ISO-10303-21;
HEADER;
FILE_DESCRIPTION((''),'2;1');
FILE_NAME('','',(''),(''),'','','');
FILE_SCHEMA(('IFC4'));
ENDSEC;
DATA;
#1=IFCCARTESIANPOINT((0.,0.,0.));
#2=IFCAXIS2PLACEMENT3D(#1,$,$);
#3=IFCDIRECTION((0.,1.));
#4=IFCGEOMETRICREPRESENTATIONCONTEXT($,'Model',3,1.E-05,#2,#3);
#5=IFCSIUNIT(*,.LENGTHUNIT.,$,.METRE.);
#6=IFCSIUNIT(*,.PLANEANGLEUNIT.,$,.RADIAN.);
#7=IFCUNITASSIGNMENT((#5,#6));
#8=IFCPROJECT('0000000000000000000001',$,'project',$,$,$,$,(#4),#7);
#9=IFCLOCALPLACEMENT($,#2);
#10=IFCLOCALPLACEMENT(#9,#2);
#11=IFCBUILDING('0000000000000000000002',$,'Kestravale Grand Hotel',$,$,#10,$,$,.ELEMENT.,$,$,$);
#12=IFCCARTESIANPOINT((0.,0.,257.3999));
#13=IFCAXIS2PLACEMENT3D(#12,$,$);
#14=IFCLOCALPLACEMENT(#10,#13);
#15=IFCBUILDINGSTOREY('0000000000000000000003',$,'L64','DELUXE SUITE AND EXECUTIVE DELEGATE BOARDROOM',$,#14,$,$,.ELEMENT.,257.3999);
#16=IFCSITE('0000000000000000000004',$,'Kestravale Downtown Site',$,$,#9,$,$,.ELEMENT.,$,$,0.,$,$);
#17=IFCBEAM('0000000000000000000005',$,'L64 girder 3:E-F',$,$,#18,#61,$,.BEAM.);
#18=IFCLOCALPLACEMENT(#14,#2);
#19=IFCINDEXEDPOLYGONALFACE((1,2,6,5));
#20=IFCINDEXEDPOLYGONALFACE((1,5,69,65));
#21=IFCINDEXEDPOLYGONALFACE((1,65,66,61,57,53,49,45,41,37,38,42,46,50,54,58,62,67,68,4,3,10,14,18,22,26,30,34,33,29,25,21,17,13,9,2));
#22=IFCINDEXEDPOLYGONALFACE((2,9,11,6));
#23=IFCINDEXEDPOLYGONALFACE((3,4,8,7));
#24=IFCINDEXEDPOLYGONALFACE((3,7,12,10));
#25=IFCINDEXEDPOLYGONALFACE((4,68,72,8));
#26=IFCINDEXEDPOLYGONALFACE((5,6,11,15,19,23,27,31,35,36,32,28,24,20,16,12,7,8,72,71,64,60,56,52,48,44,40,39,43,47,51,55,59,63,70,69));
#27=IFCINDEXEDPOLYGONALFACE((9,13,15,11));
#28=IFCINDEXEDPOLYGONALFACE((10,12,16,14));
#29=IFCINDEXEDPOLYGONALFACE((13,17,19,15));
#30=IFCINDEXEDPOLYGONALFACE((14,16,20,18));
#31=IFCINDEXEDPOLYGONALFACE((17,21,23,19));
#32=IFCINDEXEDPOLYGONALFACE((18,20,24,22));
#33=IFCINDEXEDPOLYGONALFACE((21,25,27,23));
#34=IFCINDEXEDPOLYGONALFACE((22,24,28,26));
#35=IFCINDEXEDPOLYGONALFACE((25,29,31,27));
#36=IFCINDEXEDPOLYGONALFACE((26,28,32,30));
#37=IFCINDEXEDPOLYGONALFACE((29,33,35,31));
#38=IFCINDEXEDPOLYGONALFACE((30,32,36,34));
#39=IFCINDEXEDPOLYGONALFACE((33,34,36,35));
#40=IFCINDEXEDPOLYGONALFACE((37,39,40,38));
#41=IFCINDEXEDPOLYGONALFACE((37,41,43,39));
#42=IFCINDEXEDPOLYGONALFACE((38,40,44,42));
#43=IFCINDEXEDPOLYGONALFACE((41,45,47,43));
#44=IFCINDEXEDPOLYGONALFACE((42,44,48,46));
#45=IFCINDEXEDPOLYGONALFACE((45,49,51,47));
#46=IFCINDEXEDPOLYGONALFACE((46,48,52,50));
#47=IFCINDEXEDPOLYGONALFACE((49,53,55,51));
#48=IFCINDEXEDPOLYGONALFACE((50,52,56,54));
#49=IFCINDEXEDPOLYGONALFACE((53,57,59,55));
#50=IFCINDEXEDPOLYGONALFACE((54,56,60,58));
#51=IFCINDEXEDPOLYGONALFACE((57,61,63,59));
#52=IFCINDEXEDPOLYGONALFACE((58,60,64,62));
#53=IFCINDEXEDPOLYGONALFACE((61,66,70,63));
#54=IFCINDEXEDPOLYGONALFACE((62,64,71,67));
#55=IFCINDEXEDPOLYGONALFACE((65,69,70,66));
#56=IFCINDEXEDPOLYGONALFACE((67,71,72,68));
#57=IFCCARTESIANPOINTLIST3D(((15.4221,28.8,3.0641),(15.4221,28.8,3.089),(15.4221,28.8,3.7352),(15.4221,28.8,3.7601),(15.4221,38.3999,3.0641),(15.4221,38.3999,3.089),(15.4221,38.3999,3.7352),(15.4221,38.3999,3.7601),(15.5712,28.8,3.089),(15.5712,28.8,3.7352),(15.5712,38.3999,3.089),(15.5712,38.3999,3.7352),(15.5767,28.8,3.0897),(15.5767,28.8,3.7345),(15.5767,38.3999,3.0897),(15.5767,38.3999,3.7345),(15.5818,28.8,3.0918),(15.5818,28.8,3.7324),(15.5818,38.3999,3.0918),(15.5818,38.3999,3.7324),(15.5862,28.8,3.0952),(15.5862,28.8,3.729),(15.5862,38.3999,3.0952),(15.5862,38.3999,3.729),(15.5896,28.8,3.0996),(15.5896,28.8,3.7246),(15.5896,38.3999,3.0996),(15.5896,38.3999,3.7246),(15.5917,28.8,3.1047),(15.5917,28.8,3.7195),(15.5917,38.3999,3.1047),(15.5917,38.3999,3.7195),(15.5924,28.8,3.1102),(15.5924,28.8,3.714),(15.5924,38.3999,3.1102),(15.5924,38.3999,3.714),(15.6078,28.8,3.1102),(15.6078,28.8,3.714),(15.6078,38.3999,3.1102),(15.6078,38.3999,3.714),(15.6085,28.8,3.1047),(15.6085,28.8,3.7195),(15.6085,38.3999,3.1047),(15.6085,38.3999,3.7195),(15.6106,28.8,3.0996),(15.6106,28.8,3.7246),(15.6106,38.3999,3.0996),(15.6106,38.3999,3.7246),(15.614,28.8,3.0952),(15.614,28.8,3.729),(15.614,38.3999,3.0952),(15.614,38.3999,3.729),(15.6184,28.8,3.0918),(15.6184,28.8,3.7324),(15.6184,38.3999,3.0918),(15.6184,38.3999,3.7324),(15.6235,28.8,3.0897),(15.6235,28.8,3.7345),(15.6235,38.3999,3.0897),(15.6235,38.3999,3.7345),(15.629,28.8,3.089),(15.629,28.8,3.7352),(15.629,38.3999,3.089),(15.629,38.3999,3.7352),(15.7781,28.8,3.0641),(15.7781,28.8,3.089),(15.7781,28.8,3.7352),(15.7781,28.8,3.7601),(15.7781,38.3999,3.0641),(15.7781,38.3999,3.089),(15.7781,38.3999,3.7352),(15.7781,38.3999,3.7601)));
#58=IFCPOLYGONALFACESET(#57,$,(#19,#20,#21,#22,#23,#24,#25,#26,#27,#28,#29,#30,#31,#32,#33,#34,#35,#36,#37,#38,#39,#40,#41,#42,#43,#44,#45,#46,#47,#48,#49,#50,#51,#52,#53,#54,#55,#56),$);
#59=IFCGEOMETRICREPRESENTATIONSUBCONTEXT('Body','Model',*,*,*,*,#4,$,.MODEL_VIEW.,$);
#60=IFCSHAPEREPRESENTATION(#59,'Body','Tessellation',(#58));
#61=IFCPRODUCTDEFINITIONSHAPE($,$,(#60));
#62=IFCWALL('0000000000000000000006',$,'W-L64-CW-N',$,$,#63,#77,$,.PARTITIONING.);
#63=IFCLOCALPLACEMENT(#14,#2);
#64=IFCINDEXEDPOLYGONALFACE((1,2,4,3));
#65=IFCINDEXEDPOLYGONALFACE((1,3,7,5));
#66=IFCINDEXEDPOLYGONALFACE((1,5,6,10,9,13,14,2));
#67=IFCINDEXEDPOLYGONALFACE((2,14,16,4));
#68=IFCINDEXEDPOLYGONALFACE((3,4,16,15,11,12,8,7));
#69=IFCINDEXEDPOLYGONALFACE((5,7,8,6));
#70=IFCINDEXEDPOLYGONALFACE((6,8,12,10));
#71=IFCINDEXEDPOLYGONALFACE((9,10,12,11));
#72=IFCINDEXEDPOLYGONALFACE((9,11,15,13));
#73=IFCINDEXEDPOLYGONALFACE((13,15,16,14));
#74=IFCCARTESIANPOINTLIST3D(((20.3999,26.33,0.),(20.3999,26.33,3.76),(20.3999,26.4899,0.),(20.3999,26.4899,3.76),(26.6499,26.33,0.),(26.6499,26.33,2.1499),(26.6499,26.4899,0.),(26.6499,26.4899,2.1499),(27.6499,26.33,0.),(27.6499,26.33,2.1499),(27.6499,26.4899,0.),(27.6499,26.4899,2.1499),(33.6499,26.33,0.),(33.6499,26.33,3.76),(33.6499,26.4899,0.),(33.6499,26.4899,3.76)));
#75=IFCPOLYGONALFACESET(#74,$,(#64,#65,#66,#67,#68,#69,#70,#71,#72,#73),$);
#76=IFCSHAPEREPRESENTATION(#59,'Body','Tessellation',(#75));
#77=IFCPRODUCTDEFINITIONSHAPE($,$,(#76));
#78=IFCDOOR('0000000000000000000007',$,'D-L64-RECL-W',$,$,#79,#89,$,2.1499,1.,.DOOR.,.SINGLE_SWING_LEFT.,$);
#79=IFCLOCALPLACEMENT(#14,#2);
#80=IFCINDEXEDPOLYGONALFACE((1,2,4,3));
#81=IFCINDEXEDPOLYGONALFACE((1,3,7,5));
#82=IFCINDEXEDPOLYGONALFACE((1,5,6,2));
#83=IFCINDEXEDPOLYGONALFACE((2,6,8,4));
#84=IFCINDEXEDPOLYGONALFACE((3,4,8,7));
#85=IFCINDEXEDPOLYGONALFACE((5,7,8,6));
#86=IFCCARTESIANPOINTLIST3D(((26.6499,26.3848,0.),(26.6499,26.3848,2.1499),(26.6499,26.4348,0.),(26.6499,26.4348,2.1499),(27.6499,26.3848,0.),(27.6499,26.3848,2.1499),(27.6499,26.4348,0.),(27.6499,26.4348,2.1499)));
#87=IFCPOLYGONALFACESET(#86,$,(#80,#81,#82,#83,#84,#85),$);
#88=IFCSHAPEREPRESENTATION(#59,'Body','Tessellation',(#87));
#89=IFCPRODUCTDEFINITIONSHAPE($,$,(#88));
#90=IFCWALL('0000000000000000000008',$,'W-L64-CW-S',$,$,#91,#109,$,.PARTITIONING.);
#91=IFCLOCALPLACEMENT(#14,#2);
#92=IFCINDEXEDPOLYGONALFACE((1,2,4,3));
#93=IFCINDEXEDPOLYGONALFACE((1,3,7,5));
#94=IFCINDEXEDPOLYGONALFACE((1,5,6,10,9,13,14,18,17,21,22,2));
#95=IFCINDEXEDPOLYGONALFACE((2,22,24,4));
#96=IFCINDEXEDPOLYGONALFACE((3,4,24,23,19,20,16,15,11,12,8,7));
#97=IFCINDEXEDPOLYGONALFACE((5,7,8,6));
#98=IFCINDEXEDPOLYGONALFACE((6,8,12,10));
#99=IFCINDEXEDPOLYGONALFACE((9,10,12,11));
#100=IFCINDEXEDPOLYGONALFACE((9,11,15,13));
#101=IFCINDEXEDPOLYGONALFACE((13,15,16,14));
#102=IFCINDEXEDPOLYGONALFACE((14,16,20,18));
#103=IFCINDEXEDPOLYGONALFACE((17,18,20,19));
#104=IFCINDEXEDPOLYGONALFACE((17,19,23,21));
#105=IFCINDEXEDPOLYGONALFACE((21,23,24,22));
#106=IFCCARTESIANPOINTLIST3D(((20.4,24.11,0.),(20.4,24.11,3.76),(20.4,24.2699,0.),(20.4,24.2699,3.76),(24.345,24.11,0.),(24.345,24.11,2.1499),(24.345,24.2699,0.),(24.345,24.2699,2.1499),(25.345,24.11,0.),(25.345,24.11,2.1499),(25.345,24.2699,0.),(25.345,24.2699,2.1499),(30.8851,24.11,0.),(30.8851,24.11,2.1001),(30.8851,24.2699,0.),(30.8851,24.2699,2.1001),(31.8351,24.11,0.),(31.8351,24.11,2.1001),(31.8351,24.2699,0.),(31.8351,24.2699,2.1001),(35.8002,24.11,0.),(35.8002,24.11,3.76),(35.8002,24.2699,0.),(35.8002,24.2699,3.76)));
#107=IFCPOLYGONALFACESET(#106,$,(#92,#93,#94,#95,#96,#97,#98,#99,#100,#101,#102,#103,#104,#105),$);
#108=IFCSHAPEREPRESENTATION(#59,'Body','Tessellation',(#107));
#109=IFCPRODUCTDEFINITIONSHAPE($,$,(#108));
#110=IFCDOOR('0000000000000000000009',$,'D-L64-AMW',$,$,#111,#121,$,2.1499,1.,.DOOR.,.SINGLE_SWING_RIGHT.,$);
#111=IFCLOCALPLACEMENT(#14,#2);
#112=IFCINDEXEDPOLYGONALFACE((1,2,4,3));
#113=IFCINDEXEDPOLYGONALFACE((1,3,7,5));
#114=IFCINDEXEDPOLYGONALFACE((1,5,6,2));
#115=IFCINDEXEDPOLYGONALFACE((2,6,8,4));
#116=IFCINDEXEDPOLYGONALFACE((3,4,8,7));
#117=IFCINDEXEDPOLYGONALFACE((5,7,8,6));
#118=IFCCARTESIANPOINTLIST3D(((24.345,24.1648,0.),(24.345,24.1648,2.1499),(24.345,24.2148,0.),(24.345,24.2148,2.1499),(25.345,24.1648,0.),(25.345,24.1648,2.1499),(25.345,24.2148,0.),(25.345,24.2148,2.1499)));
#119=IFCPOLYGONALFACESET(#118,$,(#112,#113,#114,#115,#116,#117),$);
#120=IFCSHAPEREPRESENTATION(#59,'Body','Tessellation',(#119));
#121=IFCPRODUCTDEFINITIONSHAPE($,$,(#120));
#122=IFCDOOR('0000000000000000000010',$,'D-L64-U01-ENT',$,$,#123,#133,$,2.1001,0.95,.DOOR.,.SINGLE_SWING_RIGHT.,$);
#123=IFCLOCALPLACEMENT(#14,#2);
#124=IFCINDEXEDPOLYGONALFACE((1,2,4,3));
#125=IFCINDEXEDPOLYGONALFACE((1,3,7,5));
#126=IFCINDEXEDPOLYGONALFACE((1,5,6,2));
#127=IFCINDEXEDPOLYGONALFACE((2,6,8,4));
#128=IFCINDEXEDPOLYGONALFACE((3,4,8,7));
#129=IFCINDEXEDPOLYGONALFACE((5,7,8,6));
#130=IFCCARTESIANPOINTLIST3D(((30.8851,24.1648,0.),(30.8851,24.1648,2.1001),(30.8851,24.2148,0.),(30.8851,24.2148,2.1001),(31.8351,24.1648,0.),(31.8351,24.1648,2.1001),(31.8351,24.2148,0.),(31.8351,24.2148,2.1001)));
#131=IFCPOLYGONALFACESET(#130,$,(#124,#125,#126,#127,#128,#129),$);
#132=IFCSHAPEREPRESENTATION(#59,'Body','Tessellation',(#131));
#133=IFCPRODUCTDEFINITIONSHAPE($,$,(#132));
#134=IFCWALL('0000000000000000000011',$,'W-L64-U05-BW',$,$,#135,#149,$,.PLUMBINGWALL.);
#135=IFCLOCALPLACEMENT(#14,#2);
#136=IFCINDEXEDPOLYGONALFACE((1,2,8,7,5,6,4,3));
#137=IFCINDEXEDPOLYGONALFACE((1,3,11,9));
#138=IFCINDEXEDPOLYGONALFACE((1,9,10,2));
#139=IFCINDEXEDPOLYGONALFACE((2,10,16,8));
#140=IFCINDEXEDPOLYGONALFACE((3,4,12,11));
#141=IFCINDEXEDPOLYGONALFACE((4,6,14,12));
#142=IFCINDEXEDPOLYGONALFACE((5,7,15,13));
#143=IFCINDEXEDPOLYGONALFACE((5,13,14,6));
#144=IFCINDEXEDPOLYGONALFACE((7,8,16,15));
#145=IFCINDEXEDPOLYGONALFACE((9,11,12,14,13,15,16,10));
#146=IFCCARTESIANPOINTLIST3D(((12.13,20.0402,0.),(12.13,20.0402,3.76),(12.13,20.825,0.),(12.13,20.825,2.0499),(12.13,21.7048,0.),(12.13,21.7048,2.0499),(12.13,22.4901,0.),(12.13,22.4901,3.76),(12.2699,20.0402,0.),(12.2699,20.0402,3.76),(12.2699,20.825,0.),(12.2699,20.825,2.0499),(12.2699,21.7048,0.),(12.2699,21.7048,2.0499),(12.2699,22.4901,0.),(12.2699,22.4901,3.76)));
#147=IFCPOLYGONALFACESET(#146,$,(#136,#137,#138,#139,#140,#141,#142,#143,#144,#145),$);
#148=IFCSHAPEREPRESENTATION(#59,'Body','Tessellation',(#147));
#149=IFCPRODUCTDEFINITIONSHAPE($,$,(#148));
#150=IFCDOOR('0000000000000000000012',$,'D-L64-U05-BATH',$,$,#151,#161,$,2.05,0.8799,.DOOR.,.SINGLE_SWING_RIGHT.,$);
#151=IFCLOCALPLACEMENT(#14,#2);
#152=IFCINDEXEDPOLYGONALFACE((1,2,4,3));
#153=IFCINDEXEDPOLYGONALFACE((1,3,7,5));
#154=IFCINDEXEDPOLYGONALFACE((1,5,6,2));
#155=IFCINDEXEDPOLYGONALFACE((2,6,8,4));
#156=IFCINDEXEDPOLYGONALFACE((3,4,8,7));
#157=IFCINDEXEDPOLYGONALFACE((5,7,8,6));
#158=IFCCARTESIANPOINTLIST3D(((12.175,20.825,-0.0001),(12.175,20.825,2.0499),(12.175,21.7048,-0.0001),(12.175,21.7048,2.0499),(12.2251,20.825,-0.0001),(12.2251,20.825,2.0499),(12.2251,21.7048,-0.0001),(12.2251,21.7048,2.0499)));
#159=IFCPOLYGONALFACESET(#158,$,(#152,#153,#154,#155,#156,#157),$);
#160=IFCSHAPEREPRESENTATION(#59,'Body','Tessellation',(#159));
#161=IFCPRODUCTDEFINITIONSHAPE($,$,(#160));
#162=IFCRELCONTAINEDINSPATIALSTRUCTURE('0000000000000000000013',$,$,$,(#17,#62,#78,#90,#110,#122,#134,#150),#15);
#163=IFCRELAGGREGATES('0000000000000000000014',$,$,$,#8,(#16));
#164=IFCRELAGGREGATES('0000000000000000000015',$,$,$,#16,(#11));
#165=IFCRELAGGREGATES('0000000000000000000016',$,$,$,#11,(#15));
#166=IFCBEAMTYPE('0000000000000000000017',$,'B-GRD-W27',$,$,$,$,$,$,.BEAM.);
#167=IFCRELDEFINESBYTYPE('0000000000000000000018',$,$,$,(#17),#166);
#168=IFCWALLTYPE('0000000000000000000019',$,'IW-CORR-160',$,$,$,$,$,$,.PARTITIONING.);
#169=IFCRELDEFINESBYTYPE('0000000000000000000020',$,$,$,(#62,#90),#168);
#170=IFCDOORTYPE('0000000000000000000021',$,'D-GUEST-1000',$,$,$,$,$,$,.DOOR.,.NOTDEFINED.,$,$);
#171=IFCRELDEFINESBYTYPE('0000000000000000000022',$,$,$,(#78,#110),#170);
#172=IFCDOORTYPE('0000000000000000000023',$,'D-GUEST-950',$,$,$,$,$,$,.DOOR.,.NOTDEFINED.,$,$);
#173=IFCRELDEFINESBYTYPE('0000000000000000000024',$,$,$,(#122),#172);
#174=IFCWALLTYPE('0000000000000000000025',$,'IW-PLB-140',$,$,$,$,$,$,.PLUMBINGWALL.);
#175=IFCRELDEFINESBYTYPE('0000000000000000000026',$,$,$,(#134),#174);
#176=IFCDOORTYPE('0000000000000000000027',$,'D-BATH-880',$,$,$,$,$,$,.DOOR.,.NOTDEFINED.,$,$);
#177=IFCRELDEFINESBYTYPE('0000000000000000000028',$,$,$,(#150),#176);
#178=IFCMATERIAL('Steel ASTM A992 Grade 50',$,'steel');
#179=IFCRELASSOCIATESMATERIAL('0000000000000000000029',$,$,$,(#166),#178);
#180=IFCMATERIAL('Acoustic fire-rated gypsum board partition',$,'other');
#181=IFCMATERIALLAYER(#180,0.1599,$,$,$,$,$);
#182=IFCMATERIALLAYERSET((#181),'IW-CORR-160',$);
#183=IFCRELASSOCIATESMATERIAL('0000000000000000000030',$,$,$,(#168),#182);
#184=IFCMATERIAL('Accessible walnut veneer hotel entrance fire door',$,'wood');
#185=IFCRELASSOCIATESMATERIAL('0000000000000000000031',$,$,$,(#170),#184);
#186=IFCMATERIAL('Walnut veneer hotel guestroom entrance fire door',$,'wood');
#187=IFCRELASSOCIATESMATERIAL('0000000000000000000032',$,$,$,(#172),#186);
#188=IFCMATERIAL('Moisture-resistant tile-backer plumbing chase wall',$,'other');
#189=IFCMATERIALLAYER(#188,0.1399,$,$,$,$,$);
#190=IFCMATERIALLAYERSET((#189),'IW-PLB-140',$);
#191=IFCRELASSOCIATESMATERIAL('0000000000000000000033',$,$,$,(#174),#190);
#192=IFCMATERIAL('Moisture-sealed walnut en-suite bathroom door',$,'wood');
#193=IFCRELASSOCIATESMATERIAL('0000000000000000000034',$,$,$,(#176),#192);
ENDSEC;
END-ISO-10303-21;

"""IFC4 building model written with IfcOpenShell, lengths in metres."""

from ifc_helpers import new_model, si_unit, direction, frame, frame_2d, origin, origin_2d, place, context, subcontext, project, spatial, rectangle, i_section, extrude, material, layer, layer_set, material_profile, profile_set, type_object, element, fill, save


model = new_model("IFC4")

# Units and contexts
model_context = context("Model", 3, precision=1e-05, world=origin(), true_north=direction((0.0, 1.0)))
body_context = subcontext(model_context, "Body", "Model", "MODEL_VIEW")
ifc_project = project(units=[si_unit("LENGTHUNIT", "METRE"), si_unit("PLANEANGLEUNIT", "RADIAN")], contexts=[model_context])

# Site, building, storey
site_placement = place(None, origin())
site = spatial("IfcSite", under=ifc_project, at=site_placement, Name="Kestravale Downtown Site", CompositionType="ELEMENT", RefElevation=0.0)
building_placement = place(site_placement, origin())
building = spatial("IfcBuilding", under=site, at=building_placement, Name="Kestravale Grand Hotel", CompositionType="ELEMENT")
storey_placement = place(building_placement, frame((0.0, 0.0, 257.3999)))
storey = spatial("IfcBuildingStorey", under=building, at=storey_placement, Name="L64", Description="DELUXE SUITE AND EXECUTIVE DELEGATE BOARDROOM", CompositionType="ELEMENT", Elevation=257.3999)

# Beam
ifc_material_1 = material(Name="Steel ASTM A992 Grade 50", Category="steel")
ifc_material_profile_1 = material_profile(ifc_material_1, i_section(OverallWidth=0.356, OverallDepth=0.696, WebThickness=0.0154, FlangeThickness=0.0249, FilletRadius=0.0212, at=origin_2d()))
ifc_profile_set_1 = profile_set([ifc_material_profile_1], Name="Steel ASTM A992 Grade 50")
beam_type_1 = type_object("IfcBeamType", Name="B-GRD-W27", PredefinedType="BEAM", material=ifc_profile_set_1)
beam_1_placement = place(storey_placement, frame((15.6001, 28.8, 3.4121), z_axis=(0.0, 1.0, 0.0), x_axis=(-1.0, 0.0, 0.0)))
element("IfcBeam", 1, at=beam_1_placement, inside=storey, type_object=beam_type_1, Name="L64 girder 3:E-F", PredefinedType="BEAM", context=body_context, shape_type="SweptSolid", body=[
    extrude(i_section(OverallWidth=0.356, OverallDepth=0.696, WebThickness=0.0154, FlangeThickness=0.0249, FilletRadius=0.0212, at=origin_2d()), origin(), (0.0, 0.0, 1.0), 9.5999),
])

# Wall, opening, door
ifc_material_2 = material(Name="Acoustic fire-rated gypsum board partition", Category="other")
ifc_layer_1 = layer(ifc_material_2, 0.1599)
ifc_layer_set_1 = layer_set([ifc_layer_1], Name="IW-CORR-160")
wall_type_1 = type_object("IfcWallType", Name="IW-CORR-160", PredefinedType="PARTITIONING", material=ifc_layer_set_1)
wall_1_placement = place(storey_placement, frame((20.3999, 26.4099, 0.0), z_axis=(0.0, 0.0, 1.0), x_axis=(1.0, 0.0, 0.0)))
wall_1 = element("IfcWall", 2, at=wall_1_placement, inside=storey, type_object=wall_type_1, Name="W-L64-CW-N", PredefinedType="PARTITIONING", context=body_context, shape_type="SweptSolid", body=[
    extrude(rectangle(XDim=13.25, YDim=0.1599, at=frame_2d((6.625, 0.0))), origin(), (0.0, 0.0, 1.0), 3.76),
])
opening_1_placement = place(wall_1_placement, frame((6.25, 0.0, 0.0)))
opening_1 = element("IfcOpeningElement", 3, at=opening_1_placement, cuts=wall_1, PredefinedType="OPENING", context=body_context, shape_type="SweptSolid", body=[
    extrude(rectangle(XDim=1.0, YDim=2.1499, at=frame_2d((0.5, 1.075))), frame((0.0, 0.0898, 0.0), z_axis=(0.0, -1.0, 0.0), x_axis=(1.0, 0.0, 0.0)), (0.0, 0.0, 1.0), 0.1799),
])
ifc_material_3 = material(Name="Accessible walnut veneer hotel entrance fire door", Category="wood")
door_type_1 = type_object("IfcDoorType", Name="D-GUEST-1000", OperationType="NOTDEFINED", PredefinedType="DOOR", material=ifc_material_3)
door_1_placement = place(opening_1_placement, origin())
door_1 = element("IfcDoor", 4, at=door_1_placement, inside=storey, type_object=door_type_1, Name="D-L64-RECL-W", OperationType="SINGLE_SWING_LEFT", OverallHeight=2.1499, OverallWidth=1.0, PredefinedType="DOOR", context=body_context, shape_type="SweptSolid", body=[
    extrude(rectangle(XDim=1.0, YDim=2.1499, at=frame_2d((0.5, 1.075))), frame((0.0, 0.0249, 0.0), z_axis=(0.0, -1.0, 0.0), x_axis=(1.0, 0.0, 0.0)), (0.0, 0.0, 1.0), 0.05),
])
fill(opening_1, door_1)

# Wall, openings, doors
wall_2_placement = place(storey_placement, frame((20.3999, 24.1899, 0.0), z_axis=(0.0, 0.0, 1.0), x_axis=(1.0, 0.0, 0.0)))
wall_2 = element("IfcWall", 5, at=wall_2_placement, inside=storey, type_object=wall_type_1, Name="W-L64-CW-S", PredefinedType="PARTITIONING", context=body_context, shape_type="SweptSolid", body=[
    extrude(rectangle(XDim=15.4001, YDim=0.1599, at=frame_2d((7.7002, 0.0))), origin(), (0.0, 0.0, 1.0), 3.76),
])
opening_2_placement = place(wall_2_placement, frame((3.9451, 0.0, 0.0)))
opening_2 = element("IfcOpeningElement", 6, at=opening_2_placement, cuts=wall_2, PredefinedType="OPENING", context=body_context, shape_type="SweptSolid", body=[
    extrude(rectangle(XDim=1.0, YDim=2.1499, at=frame_2d((0.5, 1.075))), frame((0.0, 0.0898, 0.0), z_axis=(0.0, -1.0, 0.0), x_axis=(1.0, 0.0, 0.0)), (0.0, 0.0, 1.0), 0.1799),
])
opening_3_placement = place(wall_2_placement, frame((10.4851, 0.0, 0.0)))
opening_3 = element("IfcOpeningElement", 7, at=opening_3_placement, cuts=wall_2, PredefinedType="OPENING", context=body_context, shape_type="SweptSolid", body=[
    extrude(rectangle(XDim=0.95, YDim=2.1001, at=frame_2d((0.4751, 1.05))), frame((0.0, 0.0898, 0.0), z_axis=(0.0, -1.0, 0.0), x_axis=(1.0, 0.0, 0.0)), (0.0, 0.0, 1.0), 0.1799),
])
door_2_placement = place(opening_2_placement, origin())
door_2 = element("IfcDoor", 8, at=door_2_placement, inside=storey, type_object=door_type_1, Name="D-L64-AMW", OperationType="SINGLE_SWING_RIGHT", OverallHeight=2.1499, OverallWidth=1.0, PredefinedType="DOOR", context=body_context, shape_type="SweptSolid", body=[
    extrude(rectangle(XDim=1.0, YDim=2.1499, at=frame_2d((0.5, 1.075))), frame((0.0, 0.0249, 0.0), z_axis=(0.0, -1.0, 0.0), x_axis=(1.0, 0.0, 0.0)), (0.0, 0.0, 1.0), 0.05),
])
fill(opening_2, door_2)
ifc_material_4 = material(Name="Walnut veneer hotel guestroom entrance fire door", Category="wood")
door_type_2 = type_object("IfcDoorType", Name="D-GUEST-950", OperationType="NOTDEFINED", PredefinedType="DOOR", material=ifc_material_4)
door_3_placement = place(opening_3_placement, origin())
door_3 = element("IfcDoor", 9, at=door_3_placement, inside=storey, type_object=door_type_2, Name="D-L64-U01-ENT", OperationType="SINGLE_SWING_RIGHT", OverallHeight=2.1001, OverallWidth=0.95, PredefinedType="DOOR", context=body_context, shape_type="SweptSolid", body=[
    extrude(rectangle(XDim=0.95, YDim=2.1001, at=frame_2d((0.4751, 1.05))), frame((0.0, 0.0249, 0.0), z_axis=(0.0, -1.0, 0.0), x_axis=(1.0, 0.0, 0.0)), (0.0, 0.0, 1.0), 0.05),
])
fill(opening_3, door_3)

# Wall, opening, door
ifc_material_5 = material(Name="Moisture-resistant tile-backer plumbing chase wall", Category="other")
ifc_layer_2 = layer(ifc_material_5, 0.1399)
ifc_layer_set_2 = layer_set([ifc_layer_2], Name="IW-PLB-140")
wall_type_2 = type_object("IfcWallType", Name="IW-PLB-140", PredefinedType="PLUMBINGWALL", material=ifc_layer_set_2)
wall_3_placement = place(storey_placement, frame((12.2, 20.04, 0.0), z_axis=(0.0, 0.0, 1.0), x_axis=(0.0, 1.0, 0.0)))
wall_3 = element("IfcWall", 10, at=wall_3_placement, inside=storey, type_object=wall_type_2, Name="W-L64-U05-BW", PredefinedType="PLUMBINGWALL", context=body_context, shape_type="SweptSolid", body=[
    extrude(rectangle(XDim=2.45, YDim=0.1399, at=frame_2d((1.2251, 0.0))), origin(), (0.0, 0.0, 1.0), 3.76),
])
opening_4_placement = place(wall_3_placement, frame((0.7849, 0.0, 0.0)))
opening_4 = element("IfcOpeningElement", 11, at=opening_4_placement, cuts=wall_3, PredefinedType="OPENING", context=body_context, shape_type="SweptSolid", body=[
    extrude(rectangle(XDim=0.8799, YDim=2.05, at=frame_2d((0.4399, 1.0249))), frame((0.0, 0.0798, 0.0), z_axis=(0.0, -1.0, 0.0), x_axis=(1.0, 0.0, 0.0)), (0.0, 0.0, 1.0), 0.1599),
])
ifc_material_6 = material(Name="Moisture-sealed walnut en-suite bathroom door", Category="wood")
door_type_3 = type_object("IfcDoorType", Name="D-BATH-880", OperationType="NOTDEFINED", PredefinedType="DOOR", material=ifc_material_6)
door_4_placement = place(opening_4_placement, origin())
door_4 = element("IfcDoor", 12, at=door_4_placement, inside=storey, type_object=door_type_3, Name="D-L64-U05-BATH", OperationType="SINGLE_SWING_RIGHT", OverallHeight=2.05, OverallWidth=0.8799, PredefinedType="DOOR", context=body_context, shape_type="SweptSolid", body=[
    extrude(rectangle(XDim=0.8799, YDim=2.05, at=frame_2d((0.4399, 1.0249))), frame((0.0, 0.0249, 0.0), z_axis=(0.0, -1.0, 0.0), x_axis=(1.0, 0.0, 0.0)), (0.0, 0.0, 1.0), 0.05),
])
fill(opening_4, door_4)

save(model, "model.ifc")
